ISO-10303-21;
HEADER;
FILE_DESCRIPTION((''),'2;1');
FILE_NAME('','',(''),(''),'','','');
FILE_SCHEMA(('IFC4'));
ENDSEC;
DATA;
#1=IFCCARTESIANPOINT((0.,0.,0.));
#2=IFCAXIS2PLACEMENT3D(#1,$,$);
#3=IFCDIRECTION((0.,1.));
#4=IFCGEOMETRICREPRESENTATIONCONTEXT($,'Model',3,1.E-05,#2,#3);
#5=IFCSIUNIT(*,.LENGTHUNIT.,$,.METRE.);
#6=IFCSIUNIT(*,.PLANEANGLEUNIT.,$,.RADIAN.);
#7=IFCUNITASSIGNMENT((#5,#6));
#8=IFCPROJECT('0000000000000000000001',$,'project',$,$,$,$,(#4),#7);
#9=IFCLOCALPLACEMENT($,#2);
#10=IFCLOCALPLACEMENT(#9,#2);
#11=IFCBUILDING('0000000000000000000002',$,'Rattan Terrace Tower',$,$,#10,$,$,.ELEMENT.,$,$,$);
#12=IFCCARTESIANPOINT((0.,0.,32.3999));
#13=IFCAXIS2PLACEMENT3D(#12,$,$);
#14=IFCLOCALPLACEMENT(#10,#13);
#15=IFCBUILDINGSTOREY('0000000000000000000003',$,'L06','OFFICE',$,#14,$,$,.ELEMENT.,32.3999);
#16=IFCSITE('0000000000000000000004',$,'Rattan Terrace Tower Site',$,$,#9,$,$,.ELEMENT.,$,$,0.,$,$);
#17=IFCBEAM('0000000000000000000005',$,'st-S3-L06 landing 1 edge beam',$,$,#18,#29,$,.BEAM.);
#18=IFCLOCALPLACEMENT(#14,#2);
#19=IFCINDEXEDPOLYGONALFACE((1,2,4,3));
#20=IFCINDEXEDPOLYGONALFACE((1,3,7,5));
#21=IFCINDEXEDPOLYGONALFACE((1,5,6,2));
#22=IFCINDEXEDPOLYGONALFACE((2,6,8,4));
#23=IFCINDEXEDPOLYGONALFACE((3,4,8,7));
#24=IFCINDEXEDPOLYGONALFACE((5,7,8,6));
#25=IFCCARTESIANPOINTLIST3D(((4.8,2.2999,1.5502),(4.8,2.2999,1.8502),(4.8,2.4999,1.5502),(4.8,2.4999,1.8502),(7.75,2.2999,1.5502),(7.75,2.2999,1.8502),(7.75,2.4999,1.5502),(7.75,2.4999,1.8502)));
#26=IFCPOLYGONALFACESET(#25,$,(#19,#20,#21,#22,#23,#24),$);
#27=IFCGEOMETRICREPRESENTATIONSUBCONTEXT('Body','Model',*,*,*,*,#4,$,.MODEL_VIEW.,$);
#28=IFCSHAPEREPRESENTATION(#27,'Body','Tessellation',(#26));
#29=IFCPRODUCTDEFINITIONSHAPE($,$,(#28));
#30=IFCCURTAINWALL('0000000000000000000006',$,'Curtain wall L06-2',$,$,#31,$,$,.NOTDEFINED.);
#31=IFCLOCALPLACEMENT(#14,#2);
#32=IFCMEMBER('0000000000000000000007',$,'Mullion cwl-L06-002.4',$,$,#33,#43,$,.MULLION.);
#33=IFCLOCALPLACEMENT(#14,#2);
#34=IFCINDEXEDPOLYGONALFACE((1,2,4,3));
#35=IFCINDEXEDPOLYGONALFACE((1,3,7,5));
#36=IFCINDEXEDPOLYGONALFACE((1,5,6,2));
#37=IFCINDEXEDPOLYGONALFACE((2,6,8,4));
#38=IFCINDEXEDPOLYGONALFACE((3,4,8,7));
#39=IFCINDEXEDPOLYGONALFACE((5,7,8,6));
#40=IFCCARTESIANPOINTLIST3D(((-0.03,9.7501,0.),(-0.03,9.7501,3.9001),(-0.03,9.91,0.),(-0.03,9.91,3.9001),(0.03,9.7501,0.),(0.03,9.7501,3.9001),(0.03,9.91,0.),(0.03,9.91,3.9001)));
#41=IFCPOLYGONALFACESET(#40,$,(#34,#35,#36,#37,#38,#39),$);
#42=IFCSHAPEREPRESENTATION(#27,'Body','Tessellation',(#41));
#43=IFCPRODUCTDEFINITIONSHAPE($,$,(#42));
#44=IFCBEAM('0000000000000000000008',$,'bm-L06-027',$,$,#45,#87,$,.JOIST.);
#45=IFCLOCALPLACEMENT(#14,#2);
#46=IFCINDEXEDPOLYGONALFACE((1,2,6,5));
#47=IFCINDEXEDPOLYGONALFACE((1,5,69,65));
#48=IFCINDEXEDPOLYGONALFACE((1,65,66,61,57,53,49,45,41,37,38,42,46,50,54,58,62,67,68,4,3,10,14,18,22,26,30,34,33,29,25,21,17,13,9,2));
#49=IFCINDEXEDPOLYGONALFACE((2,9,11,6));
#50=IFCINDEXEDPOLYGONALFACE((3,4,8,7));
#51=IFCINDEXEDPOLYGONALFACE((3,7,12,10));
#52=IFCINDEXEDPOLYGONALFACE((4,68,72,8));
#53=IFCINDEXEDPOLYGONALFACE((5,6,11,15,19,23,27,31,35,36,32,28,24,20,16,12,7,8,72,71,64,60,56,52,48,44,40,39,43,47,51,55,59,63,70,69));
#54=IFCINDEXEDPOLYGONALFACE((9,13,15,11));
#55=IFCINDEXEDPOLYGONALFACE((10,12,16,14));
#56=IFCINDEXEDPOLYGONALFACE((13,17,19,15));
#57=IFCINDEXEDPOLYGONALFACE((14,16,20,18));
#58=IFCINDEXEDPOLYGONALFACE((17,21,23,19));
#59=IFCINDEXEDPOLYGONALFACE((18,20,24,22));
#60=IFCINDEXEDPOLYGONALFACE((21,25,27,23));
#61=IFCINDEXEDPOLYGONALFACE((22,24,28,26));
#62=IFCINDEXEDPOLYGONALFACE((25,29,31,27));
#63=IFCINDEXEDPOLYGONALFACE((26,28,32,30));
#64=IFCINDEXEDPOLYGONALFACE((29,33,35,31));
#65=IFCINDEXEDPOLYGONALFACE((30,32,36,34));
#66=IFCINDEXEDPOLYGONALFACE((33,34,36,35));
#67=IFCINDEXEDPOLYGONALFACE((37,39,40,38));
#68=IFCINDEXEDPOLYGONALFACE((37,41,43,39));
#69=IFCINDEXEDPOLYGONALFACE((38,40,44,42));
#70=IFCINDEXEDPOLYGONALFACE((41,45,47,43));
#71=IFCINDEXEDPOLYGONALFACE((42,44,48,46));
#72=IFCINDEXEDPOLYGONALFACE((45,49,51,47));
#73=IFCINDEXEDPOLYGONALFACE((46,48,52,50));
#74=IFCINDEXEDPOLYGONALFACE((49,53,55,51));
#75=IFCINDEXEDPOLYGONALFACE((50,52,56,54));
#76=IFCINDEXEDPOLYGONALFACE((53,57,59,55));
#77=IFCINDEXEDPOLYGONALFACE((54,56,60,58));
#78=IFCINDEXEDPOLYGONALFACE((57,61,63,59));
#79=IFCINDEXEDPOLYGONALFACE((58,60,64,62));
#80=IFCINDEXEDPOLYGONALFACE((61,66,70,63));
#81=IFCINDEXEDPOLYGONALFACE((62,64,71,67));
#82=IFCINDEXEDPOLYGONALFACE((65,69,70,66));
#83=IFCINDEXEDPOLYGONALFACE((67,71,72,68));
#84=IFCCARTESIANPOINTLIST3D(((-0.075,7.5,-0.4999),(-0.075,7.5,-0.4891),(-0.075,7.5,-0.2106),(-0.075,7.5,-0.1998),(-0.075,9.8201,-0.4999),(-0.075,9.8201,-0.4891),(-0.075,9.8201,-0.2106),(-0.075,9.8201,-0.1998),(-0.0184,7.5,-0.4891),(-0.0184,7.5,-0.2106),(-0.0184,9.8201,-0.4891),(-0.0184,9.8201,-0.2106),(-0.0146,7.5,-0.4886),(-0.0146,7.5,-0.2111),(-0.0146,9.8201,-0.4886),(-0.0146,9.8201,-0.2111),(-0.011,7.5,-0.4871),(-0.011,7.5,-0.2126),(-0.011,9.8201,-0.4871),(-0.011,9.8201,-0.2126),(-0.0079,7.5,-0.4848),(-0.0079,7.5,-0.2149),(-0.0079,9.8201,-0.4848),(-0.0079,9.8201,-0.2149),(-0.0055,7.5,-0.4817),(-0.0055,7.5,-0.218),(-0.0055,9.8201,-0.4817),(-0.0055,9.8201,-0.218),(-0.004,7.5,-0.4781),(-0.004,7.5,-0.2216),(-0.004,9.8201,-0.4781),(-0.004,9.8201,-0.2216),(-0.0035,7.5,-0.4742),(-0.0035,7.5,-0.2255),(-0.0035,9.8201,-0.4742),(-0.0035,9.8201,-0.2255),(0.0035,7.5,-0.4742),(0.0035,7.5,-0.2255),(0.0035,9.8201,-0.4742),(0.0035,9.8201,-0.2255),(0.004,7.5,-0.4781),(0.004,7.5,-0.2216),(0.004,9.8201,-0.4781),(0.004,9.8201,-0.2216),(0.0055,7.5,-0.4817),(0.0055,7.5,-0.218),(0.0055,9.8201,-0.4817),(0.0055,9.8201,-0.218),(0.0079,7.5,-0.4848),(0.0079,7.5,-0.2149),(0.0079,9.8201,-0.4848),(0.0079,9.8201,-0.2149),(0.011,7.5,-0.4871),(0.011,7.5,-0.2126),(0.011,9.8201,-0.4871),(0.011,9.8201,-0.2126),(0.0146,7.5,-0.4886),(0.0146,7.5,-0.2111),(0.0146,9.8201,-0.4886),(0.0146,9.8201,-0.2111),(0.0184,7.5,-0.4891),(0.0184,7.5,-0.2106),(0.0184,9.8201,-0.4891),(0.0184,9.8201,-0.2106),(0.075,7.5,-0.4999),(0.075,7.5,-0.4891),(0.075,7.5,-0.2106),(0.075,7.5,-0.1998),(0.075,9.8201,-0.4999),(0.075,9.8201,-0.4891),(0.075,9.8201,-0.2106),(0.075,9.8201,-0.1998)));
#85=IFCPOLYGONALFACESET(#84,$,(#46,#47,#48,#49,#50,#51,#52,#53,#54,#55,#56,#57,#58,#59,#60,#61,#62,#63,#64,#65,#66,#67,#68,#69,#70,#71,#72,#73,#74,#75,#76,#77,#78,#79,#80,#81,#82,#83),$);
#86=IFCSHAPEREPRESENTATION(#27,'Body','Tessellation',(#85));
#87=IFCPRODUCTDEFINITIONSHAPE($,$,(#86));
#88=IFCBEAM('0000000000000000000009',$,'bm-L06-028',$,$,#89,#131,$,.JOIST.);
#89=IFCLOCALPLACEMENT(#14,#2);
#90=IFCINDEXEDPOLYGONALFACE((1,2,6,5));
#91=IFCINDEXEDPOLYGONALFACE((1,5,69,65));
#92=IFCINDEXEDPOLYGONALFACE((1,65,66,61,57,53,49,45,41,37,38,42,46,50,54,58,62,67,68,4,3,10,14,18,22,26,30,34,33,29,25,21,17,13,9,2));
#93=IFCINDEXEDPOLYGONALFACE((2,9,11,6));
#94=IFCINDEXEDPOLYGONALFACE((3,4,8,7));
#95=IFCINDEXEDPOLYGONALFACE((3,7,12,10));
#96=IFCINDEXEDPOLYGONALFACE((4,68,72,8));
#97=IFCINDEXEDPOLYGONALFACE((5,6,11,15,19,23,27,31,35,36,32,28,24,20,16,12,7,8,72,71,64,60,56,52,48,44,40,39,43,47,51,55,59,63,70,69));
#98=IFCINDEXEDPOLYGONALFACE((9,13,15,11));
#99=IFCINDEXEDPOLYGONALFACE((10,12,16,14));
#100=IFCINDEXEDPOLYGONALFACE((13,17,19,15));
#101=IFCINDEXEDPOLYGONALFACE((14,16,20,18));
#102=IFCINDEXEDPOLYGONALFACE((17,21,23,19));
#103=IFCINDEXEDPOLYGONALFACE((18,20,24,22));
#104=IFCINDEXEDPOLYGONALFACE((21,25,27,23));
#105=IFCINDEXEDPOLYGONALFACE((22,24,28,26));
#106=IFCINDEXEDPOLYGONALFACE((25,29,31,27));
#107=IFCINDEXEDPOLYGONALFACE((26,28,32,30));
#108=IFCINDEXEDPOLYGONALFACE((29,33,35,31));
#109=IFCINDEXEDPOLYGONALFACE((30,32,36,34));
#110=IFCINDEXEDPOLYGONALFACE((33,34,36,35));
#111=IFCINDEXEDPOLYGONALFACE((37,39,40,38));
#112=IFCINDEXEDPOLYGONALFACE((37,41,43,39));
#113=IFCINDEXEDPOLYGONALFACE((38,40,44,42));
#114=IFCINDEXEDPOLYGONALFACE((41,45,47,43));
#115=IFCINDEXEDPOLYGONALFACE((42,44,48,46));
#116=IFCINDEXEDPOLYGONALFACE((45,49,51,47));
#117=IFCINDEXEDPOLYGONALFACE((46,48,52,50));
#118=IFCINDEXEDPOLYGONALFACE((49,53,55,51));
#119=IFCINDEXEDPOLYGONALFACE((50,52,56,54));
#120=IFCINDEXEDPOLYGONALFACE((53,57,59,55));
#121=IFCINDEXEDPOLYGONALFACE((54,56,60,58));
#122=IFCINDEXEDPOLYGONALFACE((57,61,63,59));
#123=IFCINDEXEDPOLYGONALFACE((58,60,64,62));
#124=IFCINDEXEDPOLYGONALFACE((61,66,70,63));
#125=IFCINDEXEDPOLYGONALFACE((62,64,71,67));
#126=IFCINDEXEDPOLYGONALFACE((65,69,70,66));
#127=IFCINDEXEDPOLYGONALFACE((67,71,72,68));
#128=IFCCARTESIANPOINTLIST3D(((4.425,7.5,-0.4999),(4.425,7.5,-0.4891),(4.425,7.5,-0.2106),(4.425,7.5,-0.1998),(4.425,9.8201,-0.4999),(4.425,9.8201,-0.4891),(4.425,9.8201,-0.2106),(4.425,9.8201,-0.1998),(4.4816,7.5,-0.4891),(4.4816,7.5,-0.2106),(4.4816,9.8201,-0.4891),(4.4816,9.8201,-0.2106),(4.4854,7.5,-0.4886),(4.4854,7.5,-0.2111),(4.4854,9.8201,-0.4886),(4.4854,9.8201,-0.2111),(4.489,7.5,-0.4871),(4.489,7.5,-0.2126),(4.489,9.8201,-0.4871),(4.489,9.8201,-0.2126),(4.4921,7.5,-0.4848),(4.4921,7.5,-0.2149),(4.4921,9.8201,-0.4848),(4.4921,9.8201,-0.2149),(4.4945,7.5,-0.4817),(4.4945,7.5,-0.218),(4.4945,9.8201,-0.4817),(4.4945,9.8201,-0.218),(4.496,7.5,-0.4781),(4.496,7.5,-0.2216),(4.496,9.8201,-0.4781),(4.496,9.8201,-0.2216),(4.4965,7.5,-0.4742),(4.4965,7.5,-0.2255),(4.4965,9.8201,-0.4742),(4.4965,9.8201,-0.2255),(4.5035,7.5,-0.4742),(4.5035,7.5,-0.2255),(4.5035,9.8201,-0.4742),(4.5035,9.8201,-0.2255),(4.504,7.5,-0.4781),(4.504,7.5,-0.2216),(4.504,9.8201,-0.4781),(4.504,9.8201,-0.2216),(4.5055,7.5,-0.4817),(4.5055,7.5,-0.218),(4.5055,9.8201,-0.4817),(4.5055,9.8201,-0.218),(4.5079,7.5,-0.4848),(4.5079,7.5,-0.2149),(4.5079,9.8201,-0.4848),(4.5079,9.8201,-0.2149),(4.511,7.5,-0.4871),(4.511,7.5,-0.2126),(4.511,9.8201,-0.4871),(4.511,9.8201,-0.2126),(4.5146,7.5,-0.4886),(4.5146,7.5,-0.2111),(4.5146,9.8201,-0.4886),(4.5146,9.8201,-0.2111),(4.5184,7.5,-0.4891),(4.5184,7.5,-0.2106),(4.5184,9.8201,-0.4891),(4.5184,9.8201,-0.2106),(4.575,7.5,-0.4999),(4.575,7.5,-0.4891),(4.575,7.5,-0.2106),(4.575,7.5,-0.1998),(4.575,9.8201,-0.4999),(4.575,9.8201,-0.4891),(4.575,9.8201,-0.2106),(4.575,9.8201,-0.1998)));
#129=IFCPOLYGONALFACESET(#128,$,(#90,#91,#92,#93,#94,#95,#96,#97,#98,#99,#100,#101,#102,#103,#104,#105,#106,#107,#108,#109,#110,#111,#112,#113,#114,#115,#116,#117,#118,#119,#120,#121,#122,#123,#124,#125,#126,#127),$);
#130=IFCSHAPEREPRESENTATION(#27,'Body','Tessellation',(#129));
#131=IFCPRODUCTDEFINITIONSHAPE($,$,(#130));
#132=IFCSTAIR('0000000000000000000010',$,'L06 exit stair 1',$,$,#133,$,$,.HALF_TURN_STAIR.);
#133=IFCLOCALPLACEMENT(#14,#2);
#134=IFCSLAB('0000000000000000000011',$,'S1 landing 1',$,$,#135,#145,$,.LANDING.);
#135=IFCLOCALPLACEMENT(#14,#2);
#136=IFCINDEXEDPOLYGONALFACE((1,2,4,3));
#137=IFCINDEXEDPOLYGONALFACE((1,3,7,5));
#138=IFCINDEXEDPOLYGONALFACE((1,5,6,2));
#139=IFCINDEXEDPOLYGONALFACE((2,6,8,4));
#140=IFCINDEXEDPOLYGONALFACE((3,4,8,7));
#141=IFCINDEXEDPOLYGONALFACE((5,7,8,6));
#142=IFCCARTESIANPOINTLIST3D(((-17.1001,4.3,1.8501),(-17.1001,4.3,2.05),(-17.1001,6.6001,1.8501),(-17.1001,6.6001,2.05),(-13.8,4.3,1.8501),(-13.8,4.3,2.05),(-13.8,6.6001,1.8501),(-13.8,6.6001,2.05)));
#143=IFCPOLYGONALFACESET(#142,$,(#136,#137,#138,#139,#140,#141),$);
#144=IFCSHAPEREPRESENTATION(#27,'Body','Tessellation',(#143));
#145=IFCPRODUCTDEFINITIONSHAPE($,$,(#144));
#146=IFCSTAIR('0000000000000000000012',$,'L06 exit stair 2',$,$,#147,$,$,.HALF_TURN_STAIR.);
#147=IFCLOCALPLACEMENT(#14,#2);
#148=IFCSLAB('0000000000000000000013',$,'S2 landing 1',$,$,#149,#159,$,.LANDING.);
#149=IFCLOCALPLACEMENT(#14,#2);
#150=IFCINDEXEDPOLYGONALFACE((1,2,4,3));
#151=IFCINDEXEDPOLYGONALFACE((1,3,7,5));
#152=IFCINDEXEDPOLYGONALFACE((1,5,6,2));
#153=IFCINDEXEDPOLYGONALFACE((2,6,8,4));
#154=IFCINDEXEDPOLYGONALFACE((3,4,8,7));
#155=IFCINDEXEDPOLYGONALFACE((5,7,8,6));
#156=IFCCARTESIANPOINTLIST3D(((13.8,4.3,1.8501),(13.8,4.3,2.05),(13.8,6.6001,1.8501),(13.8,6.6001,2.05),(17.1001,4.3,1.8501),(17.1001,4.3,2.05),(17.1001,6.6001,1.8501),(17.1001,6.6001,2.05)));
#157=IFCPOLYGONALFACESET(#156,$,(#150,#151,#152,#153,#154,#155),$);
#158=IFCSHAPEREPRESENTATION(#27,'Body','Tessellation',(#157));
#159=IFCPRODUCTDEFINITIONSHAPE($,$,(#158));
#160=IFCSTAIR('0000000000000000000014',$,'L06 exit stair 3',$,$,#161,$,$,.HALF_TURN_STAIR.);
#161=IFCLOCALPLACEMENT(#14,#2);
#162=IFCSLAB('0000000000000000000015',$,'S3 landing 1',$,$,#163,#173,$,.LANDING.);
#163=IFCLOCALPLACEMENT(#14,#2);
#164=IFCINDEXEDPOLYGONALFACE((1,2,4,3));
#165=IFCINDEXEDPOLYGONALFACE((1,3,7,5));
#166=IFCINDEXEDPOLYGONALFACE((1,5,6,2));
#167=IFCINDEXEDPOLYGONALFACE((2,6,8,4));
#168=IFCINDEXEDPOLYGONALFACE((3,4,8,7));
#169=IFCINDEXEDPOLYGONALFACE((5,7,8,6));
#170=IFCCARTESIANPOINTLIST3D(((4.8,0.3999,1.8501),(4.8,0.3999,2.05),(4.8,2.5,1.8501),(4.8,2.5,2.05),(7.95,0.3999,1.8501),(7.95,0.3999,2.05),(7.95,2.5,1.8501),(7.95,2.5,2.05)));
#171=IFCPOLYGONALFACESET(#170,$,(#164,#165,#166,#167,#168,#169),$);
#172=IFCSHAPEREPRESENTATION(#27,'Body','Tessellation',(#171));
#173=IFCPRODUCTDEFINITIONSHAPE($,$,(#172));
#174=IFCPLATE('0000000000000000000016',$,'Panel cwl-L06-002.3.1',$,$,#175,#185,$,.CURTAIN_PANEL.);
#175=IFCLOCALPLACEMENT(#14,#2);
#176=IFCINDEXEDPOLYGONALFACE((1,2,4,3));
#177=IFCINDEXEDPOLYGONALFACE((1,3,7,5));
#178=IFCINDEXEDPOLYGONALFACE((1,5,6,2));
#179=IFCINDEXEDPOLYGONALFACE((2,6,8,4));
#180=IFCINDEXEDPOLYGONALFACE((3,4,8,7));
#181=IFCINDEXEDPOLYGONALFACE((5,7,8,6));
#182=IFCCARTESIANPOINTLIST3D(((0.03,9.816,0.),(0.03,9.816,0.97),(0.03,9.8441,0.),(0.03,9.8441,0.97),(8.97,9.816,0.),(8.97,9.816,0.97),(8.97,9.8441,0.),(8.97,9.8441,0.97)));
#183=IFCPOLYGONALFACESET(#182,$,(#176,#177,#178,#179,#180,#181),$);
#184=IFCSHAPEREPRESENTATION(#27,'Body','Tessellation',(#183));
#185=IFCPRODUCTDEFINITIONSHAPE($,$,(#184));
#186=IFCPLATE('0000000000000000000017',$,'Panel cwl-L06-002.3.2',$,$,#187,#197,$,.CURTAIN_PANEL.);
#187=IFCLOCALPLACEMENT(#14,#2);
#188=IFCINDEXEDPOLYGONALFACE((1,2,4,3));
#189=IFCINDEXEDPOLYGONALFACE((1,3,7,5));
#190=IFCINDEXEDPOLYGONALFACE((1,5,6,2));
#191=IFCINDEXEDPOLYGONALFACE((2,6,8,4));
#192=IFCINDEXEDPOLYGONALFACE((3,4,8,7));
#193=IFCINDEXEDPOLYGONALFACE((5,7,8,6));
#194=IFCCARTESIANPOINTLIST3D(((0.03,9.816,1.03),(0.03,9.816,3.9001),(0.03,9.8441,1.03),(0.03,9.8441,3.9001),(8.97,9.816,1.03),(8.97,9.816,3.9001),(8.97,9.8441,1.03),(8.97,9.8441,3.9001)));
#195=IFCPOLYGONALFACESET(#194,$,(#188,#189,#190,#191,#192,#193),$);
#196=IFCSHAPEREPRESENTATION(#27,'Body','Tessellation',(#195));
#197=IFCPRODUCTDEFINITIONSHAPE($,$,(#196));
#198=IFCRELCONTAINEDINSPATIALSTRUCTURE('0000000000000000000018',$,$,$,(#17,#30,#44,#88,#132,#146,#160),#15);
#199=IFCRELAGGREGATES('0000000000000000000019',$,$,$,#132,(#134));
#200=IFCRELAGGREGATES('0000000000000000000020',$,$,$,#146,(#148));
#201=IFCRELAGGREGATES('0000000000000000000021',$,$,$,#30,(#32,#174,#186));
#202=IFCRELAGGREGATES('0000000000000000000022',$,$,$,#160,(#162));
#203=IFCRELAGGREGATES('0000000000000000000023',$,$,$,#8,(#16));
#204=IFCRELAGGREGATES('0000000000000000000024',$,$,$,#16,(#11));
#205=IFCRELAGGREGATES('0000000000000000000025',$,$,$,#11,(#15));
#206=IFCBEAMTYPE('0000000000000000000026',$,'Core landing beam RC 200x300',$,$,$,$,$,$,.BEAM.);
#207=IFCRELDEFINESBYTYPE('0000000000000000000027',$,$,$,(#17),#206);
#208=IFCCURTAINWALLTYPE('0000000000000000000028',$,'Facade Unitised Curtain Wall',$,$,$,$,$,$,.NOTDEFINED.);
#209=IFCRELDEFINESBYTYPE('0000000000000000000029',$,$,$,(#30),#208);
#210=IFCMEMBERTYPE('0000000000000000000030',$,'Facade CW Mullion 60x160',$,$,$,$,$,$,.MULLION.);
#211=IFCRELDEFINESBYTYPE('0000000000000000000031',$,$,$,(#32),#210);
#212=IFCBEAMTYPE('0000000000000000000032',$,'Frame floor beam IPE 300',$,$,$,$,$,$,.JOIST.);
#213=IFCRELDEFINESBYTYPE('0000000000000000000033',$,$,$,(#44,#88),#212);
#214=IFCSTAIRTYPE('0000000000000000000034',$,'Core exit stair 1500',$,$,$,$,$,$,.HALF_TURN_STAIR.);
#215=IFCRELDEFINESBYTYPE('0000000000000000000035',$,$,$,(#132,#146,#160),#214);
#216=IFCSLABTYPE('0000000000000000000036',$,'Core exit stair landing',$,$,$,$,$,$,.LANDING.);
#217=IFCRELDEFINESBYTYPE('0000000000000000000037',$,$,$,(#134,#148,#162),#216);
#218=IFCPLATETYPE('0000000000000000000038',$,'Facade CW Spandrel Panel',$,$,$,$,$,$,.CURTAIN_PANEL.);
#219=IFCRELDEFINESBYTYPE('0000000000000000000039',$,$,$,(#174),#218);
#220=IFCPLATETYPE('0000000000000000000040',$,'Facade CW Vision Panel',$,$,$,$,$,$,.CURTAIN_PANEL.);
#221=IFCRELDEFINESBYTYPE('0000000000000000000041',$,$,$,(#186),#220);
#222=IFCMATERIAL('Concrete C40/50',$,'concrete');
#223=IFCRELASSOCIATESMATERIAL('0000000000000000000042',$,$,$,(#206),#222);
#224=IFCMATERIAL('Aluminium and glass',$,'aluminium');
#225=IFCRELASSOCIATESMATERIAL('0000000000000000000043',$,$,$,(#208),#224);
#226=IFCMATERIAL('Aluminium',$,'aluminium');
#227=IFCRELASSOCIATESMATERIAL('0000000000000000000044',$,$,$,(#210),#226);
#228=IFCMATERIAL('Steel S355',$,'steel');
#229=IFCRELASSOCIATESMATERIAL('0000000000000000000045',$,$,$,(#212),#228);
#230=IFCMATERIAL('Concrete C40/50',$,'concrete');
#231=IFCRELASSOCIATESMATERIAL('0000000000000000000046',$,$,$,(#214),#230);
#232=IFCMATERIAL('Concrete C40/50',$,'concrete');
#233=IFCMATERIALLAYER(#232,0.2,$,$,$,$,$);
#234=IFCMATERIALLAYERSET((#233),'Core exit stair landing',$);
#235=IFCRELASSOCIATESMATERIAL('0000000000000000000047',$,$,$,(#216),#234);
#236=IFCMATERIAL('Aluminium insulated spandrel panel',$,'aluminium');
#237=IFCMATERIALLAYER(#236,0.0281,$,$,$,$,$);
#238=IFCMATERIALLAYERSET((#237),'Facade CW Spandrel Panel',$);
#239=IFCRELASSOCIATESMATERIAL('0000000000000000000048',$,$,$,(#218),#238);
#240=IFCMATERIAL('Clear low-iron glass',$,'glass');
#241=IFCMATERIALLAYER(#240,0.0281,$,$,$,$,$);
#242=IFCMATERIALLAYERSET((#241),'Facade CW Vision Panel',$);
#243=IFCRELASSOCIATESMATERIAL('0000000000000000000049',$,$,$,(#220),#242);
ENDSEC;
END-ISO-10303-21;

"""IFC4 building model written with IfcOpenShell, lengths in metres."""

from ifc_helpers import new_model, si_unit, direction, frame, origin, origin_2d, place, context, subcontext, project, spatial, polyline, rectangle, i_section, outline, extrude, material, layer, layer_set, material_profile, profile_set, type_object, element, aggregate, save


model = new_model("IFC4")

# Units and contexts
model_context = context("Model", 3, precision=1e-05, world=origin(), true_north=direction((0.0, 1.0)))
body_context = subcontext(model_context, "Body", "Model", "MODEL_VIEW")
ifc_project = project(units=[si_unit("LENGTHUNIT", "METRE"), si_unit("PLANEANGLEUNIT", "RADIAN")], contexts=[model_context])

# Site, building, storey
site_placement = place(None, origin())
site = spatial("IfcSite", under=ifc_project, at=site_placement, Name="Rattan Terrace Tower Site", CompositionType="ELEMENT", RefElevation=0.0)
building_placement = place(site_placement, origin())
building = spatial("IfcBuilding", under=site, at=building_placement, Name="Rattan Terrace Tower", CompositionType="ELEMENT")
storey_placement = place(building_placement, frame((0.0, 0.0, 32.3999)))
storey = spatial("IfcBuildingStorey", under=building, at=storey_placement, Name="L06", Description="OFFICE", CompositionType="ELEMENT", Elevation=32.3999)

# Beam
ifc_material_1 = material(Name="Concrete C40/50", Category="concrete")
ifc_material_profile_1 = material_profile(ifc_material_1, rectangle(XDim=0.2, YDim=0.3, at=origin_2d()), Name="RC 200x300")
ifc_profile_set_1 = profile_set([ifc_material_profile_1], Name="Concrete C40/50")
beam_type_1 = type_object("IfcBeamType", Name="Core landing beam RC 200x300", PredefinedType="BEAM", material=ifc_profile_set_1)
beam_placement = place(storey_placement, frame((4.8, 2.3999, 1.7002), z_axis=(1.0, 0.0, 0.0), x_axis=(0.0, 1.0, 0.0)))
element("IfcBeam", 1, at=beam_placement, inside=storey, type_object=beam_type_1, Name="st-S3-L06 landing 1 edge beam", PredefinedType="BEAM", context=body_context, shape_type="SweptSolid", body=[
    extrude(rectangle(XDim=0.2, YDim=0.3, at=origin_2d()), origin(), (0.0, 0.0, 1.0), 2.95),
])

# Curtain wall, member
ifc_material_2 = material(Name="Aluminium and glass", Category="aluminium")
curtain_wall_type = type_object("IfcCurtainWallType", Name="Facade Unitised Curtain Wall", PredefinedType="NOTDEFINED", material=ifc_material_2)
curtain_wall_placement = place(storey_placement, origin())
curtain_wall = element("IfcCurtainWall", 2, at=curtain_wall_placement, inside=storey, type_object=curtain_wall_type, Name="Curtain wall L06-2", PredefinedType="NOTDEFINED")
ifc_material_3 = material(Name="Aluminium", Category="aluminium")
ifc_material_profile_2 = material_profile(ifc_material_3, rectangle(XDim=0.0601, YDim=0.1599, at=origin_2d()), Name="Aluminium 60x160")
ifc_profile_set_2 = profile_set([ifc_material_profile_2], Name="Aluminium")
member_type = type_object("IfcMemberType", Name="Facade CW Mullion 60x160", PredefinedType="MULLION", material=ifc_profile_set_2)
member_placement = place(storey_placement, frame((0.0, 9.8301, 0.0), z_axis=(0.0, 0.0, 1.0), x_axis=(-1.0, 0.0, 0.0)))
member = element("IfcMember", 3, at=member_placement, type_object=member_type, Name="Mullion cwl-L06-002.4", PredefinedType="MULLION", context=body_context, shape_type="SweptSolid", body=[
    extrude(rectangle(XDim=0.0601, YDim=0.1599, at=origin_2d()), origin(), (0.0, 0.0, 1.0), 3.9001),
])

# Beams
ifc_material_4 = material(Name="Steel S355", Category="steel")
ifc_material_profile_3 = material_profile(ifc_material_4, i_section(OverallWidth=0.1499, OverallDepth=0.3, WebThickness=0.0071, FlangeThickness=0.0107, FilletRadius=0.0149, at=origin_2d()), Name="IPE 300")
ifc_profile_set_3 = profile_set([ifc_material_profile_3], Name="Steel S355")
beam_type_2 = type_object("IfcBeamType", Name="Frame floor beam IPE 300", PredefinedType="JOIST", material=ifc_profile_set_3)
for number, where, z_axis, x_axis, name in (
    (4, (0.0, 7.5, -0.3499), (0.0, 1.0, 0.0), (-1.0, 0.0, 0.0), "bm-L06-027"),
    (5, (4.5, 7.5, -0.3499), (0.0, 1.0, 0.0), (-1.0, 0.0, 0.0), "bm-L06-028"),
):
    element("IfcBeam", number, at=place(storey_placement, frame(where, z_axis=z_axis, x_axis=x_axis)), inside=storey, type_object=beam_type_2, Name=name, PredefinedType="JOIST", context=body_context, shape_type="SweptSolid", body=[
        extrude(i_section(OverallWidth=0.1499, OverallDepth=0.3, WebThickness=0.0071, FlangeThickness=0.0107, FilletRadius=0.0149, at=origin_2d()), origin(), (0.0, 0.0, 1.0), 2.3201),
    ])

# Stairs, slabs
ifc_material_5 = material(Name="Concrete C40/50", Category="concrete")
stair_type = type_object("IfcStairType", Name="Core exit stair 1500", PredefinedType="HALF_TURN_STAIR", material=ifc_material_5)
stair_1_placement = place(storey_placement, origin())
stair_1 = element("IfcStair", 6, at=stair_1_placement, inside=storey, type_object=stair_type, Name="L06 exit stair 1", PredefinedType="HALF_TURN_STAIR")
ifc_material_6 = material(Name="Concrete C40/50", Category="concrete")
ifc_layer_1 = layer(ifc_material_6, 0.2)
ifc_layer_set_1 = layer_set([ifc_layer_1], Name="Core exit stair landing")
slab_type = type_object("IfcSlabType", Name="Core exit stair landing", PredefinedType="LANDING", material=ifc_layer_set_1)
slab_1_placement = place(storey_placement, frame((0.0, 0.0, 1.8501)))
slab_1 = element("IfcSlab", 7, at=slab_1_placement, type_object=slab_type, Name="S1 landing 1", PredefinedType="LANDING", context=body_context, shape_type="SweptSolid", body=[
    extrude(outline(polyline([(-13.8, 4.3), (-13.8, 6.6001), (-17.1001, 6.6001), (-17.1001, 4.3), (-13.8, 4.3)])), origin(), (0.0, 0.0, 1.0), 0.2),
])
aggregate(stair_1, [slab_1])
stair_2_placement = place(storey_placement, origin())
stair_2 = element("IfcStair", 8, at=stair_2_placement, inside=storey, type_object=stair_type, Name="L06 exit stair 2", PredefinedType="HALF_TURN_STAIR")
slab_2_placement = place(storey_placement, frame((0.0, 0.0, 1.8501)))
slab_2 = element("IfcSlab", 9, at=slab_2_placement, type_object=slab_type, Name="S2 landing 1", PredefinedType="LANDING", context=body_context, shape_type="SweptSolid", body=[
    extrude(outline(polyline([(17.1001, 4.3), (17.1001, 6.6001), (13.8, 6.6001), (13.8, 4.3), (17.1001, 4.3)])), origin(), (0.0, 0.0, 1.0), 0.2),
])
aggregate(stair_2, [slab_2])
stair_3_placement = place(storey_placement, origin())
stair_3 = element("IfcStair", 10, at=stair_3_placement, inside=storey, type_object=stair_type, Name="L06 exit stair 3", PredefinedType="HALF_TURN_STAIR")
slab_3_placement = place(storey_placement, frame((0.0, 0.0, 1.8501)))
slab_3 = element("IfcSlab", 11, at=slab_3_placement, type_object=slab_type, Name="S3 landing 1", PredefinedType="LANDING", context=body_context, shape_type="SweptSolid", body=[
    extrude(outline(polyline([(4.8, 2.5), (4.8, 0.3999), (7.95, 0.3999), (7.95, 2.5), (4.8, 2.5)])), origin(), (0.0, 0.0, 1.0), 0.2),
])

# Plates
ifc_material_7 = material(Name="Aluminium insulated spandrel panel", Category="aluminium")
ifc_layer_2 = layer(ifc_material_7, 0.0281)
ifc_layer_set_2 = layer_set([ifc_layer_2], Name="Facade CW Spandrel Panel")
plate_type_1 = type_object("IfcPlateType", Name="Facade CW Spandrel Panel", PredefinedType="CURTAIN_PANEL", material=ifc_layer_set_2)
plate_1_placement = place(storey_placement, frame((4.5, 9.8301, 0.0), z_axis=(0.0, 0.0, 1.0), x_axis=(-1.0, 0.0, 0.0)))
plate_1 = element("IfcPlate", 12, at=plate_1_placement, type_object=plate_type_1, Name="Panel cwl-L06-002.3.1", PredefinedType="CURTAIN_PANEL", context=body_context, shape_type="SweptSolid", body=[
    extrude(rectangle(XDim=8.9399, YDim=0.0281, at=origin_2d()), origin(), (0.0, 0.0, 1.0), 0.97),
])
ifc_material_8 = material(Name="Clear low-iron glass", Category="glass")
ifc_layer_3 = layer(ifc_material_8, 0.0281)
ifc_layer_set_3 = layer_set([ifc_layer_3], Name="Facade CW Vision Panel")
plate_type_2 = type_object("IfcPlateType", Name="Facade CW Vision Panel", PredefinedType="CURTAIN_PANEL", material=ifc_layer_set_3)
plate_2_placement = place(storey_placement, frame((4.5, 9.8301, 1.03), z_axis=(0.0, 0.0, 1.0), x_axis=(-1.0, 0.0, 0.0)))
plate_2 = element("IfcPlate", 13, at=plate_2_placement, type_object=plate_type_2, Name="Panel cwl-L06-002.3.2", PredefinedType="CURTAIN_PANEL", context=body_context, shape_type="SweptSolid", body=[
    extrude(rectangle(XDim=8.9399, YDim=0.0281, at=origin_2d()), origin(), (0.0, 0.0, 1.0), 2.8701),
])
aggregate(curtain_wall, [member, plate_1, plate_2])

aggregate(stair_3, [slab_3])

save(model, "model.ifc")
